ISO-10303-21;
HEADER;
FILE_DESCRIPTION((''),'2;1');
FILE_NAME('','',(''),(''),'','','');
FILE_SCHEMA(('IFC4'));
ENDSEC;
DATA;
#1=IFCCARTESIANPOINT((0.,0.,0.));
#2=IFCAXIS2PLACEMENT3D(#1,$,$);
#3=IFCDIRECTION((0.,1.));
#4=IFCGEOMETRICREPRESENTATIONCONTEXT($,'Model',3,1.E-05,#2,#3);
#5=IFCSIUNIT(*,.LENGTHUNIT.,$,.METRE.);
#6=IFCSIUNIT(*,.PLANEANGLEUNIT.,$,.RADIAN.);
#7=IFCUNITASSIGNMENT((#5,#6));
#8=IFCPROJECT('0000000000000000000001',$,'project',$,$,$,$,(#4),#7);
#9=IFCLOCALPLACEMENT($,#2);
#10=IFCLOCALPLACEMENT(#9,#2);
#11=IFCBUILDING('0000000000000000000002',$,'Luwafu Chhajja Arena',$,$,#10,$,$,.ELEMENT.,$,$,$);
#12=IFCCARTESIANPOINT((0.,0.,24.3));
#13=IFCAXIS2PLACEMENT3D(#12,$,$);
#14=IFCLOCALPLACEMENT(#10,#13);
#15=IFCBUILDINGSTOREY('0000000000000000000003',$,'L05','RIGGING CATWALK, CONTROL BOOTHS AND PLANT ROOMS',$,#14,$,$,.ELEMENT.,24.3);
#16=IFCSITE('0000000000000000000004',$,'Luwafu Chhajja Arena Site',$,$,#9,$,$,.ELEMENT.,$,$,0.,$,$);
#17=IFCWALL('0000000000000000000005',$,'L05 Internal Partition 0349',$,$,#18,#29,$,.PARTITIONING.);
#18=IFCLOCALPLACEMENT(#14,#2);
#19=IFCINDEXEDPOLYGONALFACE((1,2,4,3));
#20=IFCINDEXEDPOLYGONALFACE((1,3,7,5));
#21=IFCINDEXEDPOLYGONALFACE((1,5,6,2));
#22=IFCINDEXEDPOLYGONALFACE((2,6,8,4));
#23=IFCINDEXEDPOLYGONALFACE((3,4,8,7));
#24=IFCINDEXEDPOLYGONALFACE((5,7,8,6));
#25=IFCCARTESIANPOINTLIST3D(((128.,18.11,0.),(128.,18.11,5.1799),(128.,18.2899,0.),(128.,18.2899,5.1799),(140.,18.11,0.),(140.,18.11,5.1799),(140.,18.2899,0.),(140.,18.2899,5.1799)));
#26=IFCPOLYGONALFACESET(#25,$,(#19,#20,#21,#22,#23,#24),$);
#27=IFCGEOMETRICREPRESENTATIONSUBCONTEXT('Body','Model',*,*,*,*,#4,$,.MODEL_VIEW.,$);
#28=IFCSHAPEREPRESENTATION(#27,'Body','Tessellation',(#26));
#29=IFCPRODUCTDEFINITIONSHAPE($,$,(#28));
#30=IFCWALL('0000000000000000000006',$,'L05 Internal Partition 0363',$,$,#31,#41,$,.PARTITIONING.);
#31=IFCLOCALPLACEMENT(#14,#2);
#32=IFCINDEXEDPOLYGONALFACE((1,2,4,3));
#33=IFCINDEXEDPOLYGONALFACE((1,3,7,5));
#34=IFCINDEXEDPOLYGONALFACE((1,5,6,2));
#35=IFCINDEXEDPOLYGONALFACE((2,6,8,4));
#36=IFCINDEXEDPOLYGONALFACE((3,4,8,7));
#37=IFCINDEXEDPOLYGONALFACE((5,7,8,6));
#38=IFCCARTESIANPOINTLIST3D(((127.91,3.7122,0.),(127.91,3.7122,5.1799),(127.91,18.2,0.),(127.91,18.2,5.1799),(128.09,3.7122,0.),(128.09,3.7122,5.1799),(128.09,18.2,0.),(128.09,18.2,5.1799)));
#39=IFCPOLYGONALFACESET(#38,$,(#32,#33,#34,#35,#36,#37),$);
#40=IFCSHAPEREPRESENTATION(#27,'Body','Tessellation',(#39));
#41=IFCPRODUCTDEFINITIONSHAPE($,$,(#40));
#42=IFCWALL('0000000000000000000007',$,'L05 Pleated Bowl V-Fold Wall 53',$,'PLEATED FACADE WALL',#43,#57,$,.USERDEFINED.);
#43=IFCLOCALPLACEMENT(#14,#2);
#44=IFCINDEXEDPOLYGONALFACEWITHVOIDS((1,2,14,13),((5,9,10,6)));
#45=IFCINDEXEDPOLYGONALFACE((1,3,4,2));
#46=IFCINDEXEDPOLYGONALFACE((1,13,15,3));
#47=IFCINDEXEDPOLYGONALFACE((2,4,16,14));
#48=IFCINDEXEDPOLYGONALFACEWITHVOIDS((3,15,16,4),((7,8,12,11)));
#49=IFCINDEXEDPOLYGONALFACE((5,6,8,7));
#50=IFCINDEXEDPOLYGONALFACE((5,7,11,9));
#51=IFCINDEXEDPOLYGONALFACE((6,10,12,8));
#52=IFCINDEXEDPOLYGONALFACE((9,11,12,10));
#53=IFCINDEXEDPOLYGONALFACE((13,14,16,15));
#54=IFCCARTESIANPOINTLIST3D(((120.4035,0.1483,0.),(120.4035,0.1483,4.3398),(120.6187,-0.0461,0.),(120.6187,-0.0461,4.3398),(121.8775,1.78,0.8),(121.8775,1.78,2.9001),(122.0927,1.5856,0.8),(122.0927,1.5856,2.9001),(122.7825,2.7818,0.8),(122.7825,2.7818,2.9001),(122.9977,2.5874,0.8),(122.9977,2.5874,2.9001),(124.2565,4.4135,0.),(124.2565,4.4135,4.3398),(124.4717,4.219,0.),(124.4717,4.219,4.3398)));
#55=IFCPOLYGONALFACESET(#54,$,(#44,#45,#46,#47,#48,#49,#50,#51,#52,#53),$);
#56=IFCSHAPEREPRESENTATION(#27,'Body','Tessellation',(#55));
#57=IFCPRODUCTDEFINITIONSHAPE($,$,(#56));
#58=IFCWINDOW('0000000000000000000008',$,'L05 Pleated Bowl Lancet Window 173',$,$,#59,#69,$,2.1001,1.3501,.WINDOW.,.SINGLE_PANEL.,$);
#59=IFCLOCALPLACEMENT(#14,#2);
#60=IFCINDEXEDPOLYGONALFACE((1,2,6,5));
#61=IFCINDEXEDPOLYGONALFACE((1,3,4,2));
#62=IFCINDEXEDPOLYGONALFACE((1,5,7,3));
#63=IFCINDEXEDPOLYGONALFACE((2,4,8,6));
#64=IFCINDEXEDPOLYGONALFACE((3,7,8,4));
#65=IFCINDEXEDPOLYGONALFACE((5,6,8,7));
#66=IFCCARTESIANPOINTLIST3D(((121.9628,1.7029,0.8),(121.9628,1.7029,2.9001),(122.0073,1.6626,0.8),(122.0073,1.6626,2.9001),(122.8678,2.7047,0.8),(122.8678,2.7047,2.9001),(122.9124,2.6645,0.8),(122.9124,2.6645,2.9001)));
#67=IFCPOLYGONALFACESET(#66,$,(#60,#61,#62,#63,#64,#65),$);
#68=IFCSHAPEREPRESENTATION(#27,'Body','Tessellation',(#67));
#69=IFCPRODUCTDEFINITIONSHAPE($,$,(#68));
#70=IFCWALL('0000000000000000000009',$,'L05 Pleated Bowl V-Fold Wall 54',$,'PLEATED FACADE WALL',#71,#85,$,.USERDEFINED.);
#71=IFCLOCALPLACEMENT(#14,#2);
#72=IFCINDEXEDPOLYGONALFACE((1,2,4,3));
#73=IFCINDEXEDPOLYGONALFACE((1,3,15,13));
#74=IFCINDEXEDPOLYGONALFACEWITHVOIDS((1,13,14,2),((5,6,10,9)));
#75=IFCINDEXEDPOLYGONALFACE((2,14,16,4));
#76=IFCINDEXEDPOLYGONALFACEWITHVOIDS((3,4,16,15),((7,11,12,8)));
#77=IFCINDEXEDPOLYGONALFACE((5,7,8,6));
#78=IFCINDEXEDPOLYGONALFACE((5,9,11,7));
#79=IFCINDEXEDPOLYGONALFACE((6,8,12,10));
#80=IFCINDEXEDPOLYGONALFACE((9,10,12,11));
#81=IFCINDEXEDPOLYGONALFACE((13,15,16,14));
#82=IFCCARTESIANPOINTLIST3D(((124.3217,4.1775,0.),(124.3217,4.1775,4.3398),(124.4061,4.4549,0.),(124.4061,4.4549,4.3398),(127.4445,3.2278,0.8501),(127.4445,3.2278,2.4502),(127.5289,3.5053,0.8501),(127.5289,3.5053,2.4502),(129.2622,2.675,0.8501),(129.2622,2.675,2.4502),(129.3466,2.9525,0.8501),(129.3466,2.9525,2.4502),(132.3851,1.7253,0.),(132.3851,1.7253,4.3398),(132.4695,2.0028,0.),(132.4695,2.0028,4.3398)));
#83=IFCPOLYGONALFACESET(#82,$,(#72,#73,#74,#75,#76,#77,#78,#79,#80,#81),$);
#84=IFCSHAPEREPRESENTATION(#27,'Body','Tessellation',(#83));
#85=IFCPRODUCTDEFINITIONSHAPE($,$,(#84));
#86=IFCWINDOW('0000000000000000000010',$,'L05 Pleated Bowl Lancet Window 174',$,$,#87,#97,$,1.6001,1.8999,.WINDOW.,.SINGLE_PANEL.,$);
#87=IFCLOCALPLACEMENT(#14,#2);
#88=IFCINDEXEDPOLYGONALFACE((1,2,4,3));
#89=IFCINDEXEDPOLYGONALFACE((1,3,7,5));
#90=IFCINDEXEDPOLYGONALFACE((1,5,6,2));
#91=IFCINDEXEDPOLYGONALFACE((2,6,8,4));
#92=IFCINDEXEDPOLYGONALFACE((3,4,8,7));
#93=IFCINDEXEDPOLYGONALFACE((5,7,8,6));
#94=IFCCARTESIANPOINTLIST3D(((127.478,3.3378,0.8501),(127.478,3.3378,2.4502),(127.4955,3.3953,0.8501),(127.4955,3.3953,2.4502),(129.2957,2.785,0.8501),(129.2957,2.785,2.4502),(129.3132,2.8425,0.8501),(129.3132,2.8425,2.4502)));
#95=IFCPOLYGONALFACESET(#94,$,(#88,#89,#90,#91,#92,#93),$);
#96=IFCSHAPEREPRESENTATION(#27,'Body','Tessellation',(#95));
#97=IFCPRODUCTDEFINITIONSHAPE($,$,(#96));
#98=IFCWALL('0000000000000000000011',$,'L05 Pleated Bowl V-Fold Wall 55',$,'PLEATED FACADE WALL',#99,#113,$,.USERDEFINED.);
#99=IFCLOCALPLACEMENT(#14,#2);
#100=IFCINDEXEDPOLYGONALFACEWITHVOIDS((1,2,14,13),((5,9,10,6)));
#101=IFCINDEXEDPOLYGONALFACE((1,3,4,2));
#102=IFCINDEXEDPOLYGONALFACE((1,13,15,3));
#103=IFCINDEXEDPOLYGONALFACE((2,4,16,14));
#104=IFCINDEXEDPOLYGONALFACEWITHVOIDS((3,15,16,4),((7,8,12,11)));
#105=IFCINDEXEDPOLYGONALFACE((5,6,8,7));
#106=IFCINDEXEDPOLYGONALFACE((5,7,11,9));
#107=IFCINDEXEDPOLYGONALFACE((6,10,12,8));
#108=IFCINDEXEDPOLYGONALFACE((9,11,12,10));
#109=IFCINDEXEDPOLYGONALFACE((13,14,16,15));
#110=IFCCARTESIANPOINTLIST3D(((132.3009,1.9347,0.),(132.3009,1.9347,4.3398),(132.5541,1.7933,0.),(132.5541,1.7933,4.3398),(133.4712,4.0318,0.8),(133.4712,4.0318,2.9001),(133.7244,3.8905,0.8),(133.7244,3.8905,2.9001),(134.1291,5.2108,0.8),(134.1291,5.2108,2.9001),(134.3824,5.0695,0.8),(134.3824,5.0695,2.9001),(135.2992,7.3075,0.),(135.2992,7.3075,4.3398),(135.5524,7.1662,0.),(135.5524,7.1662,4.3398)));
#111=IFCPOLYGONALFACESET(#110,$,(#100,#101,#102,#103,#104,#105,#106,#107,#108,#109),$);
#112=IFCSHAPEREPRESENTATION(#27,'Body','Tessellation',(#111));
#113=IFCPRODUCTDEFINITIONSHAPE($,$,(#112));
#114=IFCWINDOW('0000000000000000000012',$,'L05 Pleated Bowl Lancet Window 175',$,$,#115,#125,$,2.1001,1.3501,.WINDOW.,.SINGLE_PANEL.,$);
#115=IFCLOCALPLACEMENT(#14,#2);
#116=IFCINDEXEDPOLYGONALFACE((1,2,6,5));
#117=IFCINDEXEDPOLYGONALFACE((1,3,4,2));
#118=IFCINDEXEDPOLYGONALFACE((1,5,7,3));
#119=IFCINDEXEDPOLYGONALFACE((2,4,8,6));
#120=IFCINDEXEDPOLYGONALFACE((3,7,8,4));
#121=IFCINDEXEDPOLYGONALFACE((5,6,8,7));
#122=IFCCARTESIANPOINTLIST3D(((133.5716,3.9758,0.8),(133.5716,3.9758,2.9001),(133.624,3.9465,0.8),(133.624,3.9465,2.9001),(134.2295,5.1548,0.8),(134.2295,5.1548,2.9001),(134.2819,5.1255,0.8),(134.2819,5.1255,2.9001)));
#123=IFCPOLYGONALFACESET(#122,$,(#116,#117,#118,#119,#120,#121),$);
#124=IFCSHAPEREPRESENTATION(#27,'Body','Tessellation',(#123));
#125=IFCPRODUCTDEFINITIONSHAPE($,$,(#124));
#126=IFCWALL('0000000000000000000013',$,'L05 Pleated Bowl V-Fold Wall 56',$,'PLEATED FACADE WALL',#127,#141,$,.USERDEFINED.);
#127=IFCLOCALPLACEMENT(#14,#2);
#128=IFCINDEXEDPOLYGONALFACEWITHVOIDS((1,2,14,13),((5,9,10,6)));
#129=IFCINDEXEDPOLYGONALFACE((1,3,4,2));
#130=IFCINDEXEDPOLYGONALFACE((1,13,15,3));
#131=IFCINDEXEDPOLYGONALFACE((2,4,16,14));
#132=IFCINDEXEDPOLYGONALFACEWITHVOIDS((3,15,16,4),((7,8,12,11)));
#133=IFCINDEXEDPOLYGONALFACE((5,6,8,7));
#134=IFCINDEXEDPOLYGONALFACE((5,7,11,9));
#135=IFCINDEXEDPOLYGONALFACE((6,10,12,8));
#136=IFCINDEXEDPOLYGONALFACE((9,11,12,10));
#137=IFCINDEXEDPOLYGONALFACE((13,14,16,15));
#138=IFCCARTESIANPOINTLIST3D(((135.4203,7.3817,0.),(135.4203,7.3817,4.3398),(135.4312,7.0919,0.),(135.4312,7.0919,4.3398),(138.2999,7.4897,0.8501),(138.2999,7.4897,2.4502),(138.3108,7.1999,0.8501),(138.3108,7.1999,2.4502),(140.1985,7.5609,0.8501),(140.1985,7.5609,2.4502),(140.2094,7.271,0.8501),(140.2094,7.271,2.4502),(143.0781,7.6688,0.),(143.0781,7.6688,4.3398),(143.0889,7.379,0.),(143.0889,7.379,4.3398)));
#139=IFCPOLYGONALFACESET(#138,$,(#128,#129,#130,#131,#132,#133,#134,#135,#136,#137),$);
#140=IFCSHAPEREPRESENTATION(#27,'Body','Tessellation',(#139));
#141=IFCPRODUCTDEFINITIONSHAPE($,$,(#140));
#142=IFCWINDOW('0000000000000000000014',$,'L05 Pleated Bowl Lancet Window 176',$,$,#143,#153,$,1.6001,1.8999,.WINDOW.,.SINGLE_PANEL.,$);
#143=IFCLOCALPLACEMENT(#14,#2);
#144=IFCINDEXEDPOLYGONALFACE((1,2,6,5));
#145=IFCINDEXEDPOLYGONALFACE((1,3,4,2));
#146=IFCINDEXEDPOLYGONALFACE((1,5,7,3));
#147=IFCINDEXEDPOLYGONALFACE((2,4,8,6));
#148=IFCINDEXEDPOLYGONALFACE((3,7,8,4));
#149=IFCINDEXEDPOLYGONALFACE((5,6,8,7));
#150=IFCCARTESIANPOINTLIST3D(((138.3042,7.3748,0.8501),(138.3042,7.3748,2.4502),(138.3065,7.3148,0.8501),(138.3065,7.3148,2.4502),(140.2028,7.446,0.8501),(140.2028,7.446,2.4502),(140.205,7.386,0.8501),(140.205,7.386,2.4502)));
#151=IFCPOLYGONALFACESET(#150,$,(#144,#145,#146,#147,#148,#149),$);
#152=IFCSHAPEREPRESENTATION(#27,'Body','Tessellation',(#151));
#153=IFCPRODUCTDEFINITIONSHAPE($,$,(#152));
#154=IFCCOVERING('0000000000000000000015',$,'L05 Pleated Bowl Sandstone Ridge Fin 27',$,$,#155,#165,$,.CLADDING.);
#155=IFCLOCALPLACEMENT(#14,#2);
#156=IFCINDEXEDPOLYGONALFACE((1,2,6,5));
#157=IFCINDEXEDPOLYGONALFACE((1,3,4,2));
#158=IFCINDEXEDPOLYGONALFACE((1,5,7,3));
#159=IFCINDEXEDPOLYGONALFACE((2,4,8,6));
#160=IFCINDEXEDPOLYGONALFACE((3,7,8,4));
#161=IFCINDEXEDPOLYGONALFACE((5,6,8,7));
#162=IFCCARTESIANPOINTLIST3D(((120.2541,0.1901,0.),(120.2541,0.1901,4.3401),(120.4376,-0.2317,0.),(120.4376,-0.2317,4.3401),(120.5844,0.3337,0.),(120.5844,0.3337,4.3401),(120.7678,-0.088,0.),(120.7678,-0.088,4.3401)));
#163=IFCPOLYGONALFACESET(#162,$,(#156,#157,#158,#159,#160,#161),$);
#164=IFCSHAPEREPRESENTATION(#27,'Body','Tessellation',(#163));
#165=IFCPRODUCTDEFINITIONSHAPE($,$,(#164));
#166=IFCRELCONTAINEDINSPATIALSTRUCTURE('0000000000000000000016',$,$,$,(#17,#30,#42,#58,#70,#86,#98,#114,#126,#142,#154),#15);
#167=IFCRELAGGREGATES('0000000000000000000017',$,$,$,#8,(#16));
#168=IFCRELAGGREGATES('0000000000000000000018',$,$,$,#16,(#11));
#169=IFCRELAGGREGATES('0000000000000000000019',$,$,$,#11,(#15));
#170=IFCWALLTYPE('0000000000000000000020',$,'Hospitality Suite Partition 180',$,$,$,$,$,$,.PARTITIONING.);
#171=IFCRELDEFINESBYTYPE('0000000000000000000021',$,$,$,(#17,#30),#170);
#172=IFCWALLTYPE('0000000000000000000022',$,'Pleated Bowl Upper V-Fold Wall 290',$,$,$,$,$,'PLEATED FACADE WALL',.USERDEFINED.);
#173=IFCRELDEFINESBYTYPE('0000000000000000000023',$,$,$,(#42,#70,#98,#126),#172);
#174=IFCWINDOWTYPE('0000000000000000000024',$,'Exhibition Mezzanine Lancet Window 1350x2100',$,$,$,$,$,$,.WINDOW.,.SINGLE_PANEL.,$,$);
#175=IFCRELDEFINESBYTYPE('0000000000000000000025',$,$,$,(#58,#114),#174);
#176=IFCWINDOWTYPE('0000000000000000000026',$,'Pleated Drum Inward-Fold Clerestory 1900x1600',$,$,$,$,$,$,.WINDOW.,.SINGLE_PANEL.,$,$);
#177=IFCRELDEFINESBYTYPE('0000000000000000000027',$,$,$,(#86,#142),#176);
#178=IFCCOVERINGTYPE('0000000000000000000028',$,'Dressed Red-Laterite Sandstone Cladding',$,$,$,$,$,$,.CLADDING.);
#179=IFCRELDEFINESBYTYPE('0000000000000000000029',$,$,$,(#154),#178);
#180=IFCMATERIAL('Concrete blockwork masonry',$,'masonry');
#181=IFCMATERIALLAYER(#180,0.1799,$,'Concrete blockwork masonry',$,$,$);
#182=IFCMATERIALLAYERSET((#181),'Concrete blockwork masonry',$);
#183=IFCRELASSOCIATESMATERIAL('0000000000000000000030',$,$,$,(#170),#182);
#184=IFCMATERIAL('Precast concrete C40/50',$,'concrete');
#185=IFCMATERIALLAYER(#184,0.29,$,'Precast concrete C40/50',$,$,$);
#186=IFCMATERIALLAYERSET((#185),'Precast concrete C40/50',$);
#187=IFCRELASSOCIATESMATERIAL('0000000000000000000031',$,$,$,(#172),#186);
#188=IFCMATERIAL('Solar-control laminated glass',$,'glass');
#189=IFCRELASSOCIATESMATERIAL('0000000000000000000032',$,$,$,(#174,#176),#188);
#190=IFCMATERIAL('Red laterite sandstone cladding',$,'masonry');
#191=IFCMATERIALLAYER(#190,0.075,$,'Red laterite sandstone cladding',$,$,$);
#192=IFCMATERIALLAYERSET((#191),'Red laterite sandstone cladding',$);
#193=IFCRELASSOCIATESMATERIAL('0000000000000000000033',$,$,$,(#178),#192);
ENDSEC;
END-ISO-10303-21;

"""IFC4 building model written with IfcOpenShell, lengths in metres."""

from ifc_helpers import new_model, si_unit, direction, frame, frame_2d, origin, origin_2d, place, context, subcontext, project, spatial, rectangle, extrude, material, layer, layer_set, type_object, element, fill, save


model = new_model("IFC4")

# Units and contexts
model_context = context("Model", 3, precision=1e-05, world=origin(), true_north=direction((0.0, 1.0)))
body_context = subcontext(model_context, "Body", "Model", "MODEL_VIEW")
ifc_project = project(units=[si_unit("LENGTHUNIT", "METRE"), si_unit("PLANEANGLEUNIT", "RADIAN")], contexts=[model_context])

# Site, building, storey
site_placement = place(None, origin())
site = spatial("IfcSite", under=ifc_project, at=site_placement, Name="Luwafu Chhajja Arena Site", CompositionType="ELEMENT", RefElevation=0.0)
building_placement = place(site_placement, origin())
building = spatial("IfcBuilding", under=site, at=building_placement, Name="Luwafu Chhajja Arena", CompositionType="ELEMENT")
storey_placement = place(building_placement, frame((0.0, 0.0, 24.3)))
storey = spatial("IfcBuildingStorey", under=building, at=storey_placement, Name="L05", Description="RIGGING CATWALK, CONTROL BOOTHS AND PLANT ROOMS", CompositionType="ELEMENT", Elevation=24.3)

# Shared definitions
ifc_material_1 = material(Name="Solar-control laminated glass", Category="glass")

# Walls
ifc_material_2 = material(Name="Concrete blockwork masonry", Category="masonry")
ifc_layer_1 = layer(ifc_material_2, 0.1799, Name="Concrete blockwork masonry")
ifc_layer_set_1 = layer_set([ifc_layer_1], Name="Concrete blockwork masonry")
wall_type_1 = type_object("IfcWallType", Name="Hospitality Suite Partition 180", PredefinedType="PARTITIONING", material=ifc_layer_set_1)
wall_1_placement = place(storey_placement, frame((128.0, 18.2, 0.0), z_axis=(0.0, 0.0, 1.0), x_axis=(1.0, 0.0, 0.0)))
element("IfcWall", 1, at=wall_1_placement, inside=storey, type_object=wall_type_1, Name="L05 Internal Partition 0349", PredefinedType="PARTITIONING", context=body_context, shape_type="SweptSolid", body=[
    extrude(rectangle(XDim=12.0, YDim=0.1799, at=frame_2d((6.0, 0.0))), origin(), (0.0, 0.0, 1.0), 5.1799),
])
wall_2_placement = place(storey_placement, frame((128.0, 3.7122, 0.0), z_axis=(0.0, 0.0, 1.0), x_axis=(0.0, 1.0, 0.0)))
element("IfcWall", 2, at=wall_2_placement, inside=storey, type_object=wall_type_1, Name="L05 Internal Partition 0363", PredefinedType="PARTITIONING", context=body_context, shape_type="SweptSolid", body=[
    extrude(rectangle(XDim=14.4878, YDim=0.1799, at=frame_2d((7.2439, 0.0))), origin(), (0.0, 0.0, 1.0), 5.1799),
])

# Walls, openings, windows
ifc_material_3 = material(Name="Precast concrete C40/50", Category="concrete")
ifc_layer_2 = layer(ifc_material_3, 0.29, Name="Precast concrete C40/50")
ifc_layer_set_2 = layer_set([ifc_layer_2], Name="Precast concrete C40/50")
wall_type_2 = type_object("IfcWallType", Name="Pleated Bowl Upper V-Fold Wall 290", ElementType="PLEATED FACADE WALL", PredefinedType="USERDEFINED", material=ifc_layer_set_2)
wall_3_placement = place(storey_placement, frame((120.511, 0.051, 0.0), z_axis=(0.0, 0.0, 1.0), x_axis=(0.670348, 0.742047, 0.0)))
wall_3 = element("IfcWall", 3, at=wall_3_placement, inside=storey, type_object=wall_type_2, Name="L05 Pleated Bowl V-Fold Wall 53", ObjectType="PLEATED FACADE WALL", PredefinedType="USERDEFINED", context=body_context, shape_type="SweptSolid", body=[
    extrude(rectangle(XDim=5.7478, YDim=0.29, at=frame_2d((2.874, 0.0))), origin(), (0.0, 0.0, 1.0), 4.3398),
])
opening_1_placement = place(wall_3_placement, frame((2.199, 0.0, 0.8)))
opening_1 = element("IfcOpeningElement", 4, at=opening_1_placement, cuts=wall_3, PredefinedType="OPENING", context=body_context, shape_type="SweptSolid", body=[
    extrude(rectangle(XDim=1.3501, YDim=2.1001, at=frame_2d((0.675, 1.05))), frame((0.0, 0.155, 0.0), z_axis=(0.0, -1.0, 0.0), x_axis=(1.0, 0.0, 0.0)), (0.0, 0.0, 1.0), 0.3101),
])
window_type_1 = type_object("IfcWindowType", Name="Exhibition Mezzanine Lancet Window 1350x2100", PartitioningType="SINGLE_PANEL", PredefinedType="WINDOW", material=ifc_material_1)
window_1_placement = place(opening_1_placement, origin())
window_1 = element("IfcWindow", 5, at=window_1_placement, inside=storey, type_object=window_type_1, Name="L05 Pleated Bowl Lancet Window 173", OverallHeight=2.1001, OverallWidth=1.3501, PartitioningType="SINGLE_PANEL", PredefinedType="WINDOW", context=body_context, shape_type="SweptSolid", body=[
    extrude(rectangle(XDim=1.3501, YDim=2.1001, at=frame_2d((0.675, 1.05))), frame((0.0, 0.03, 0.0), z_axis=(0.0, -1.0, 0.0), x_axis=(1.0, 0.0, 0.0)), (0.0, 0.0, 1.0), 0.0601),
])
fill(opening_1, window_1)
wall_4_placement = place(storey_placement, frame((124.364, 4.3162, 0.0), z_axis=(0.0, 0.0, 1.0), x_axis=(0.956738, -0.29095, 0.0)))
wall_4 = element("IfcWall", 6, at=wall_4_placement, inside=storey, type_object=wall_type_2, Name="L05 Pleated Bowl V-Fold Wall 54", ObjectType="PLEATED FACADE WALL", PredefinedType="USERDEFINED", context=body_context, shape_type="SweptSolid", body=[
    extrude(rectangle(XDim=8.428, YDim=0.29, at=frame_2d((4.2139, 0.0))), origin(), (0.0, 0.0, 1.0), 4.3398),
])
opening_2_placement = place(wall_4_placement, frame((3.2639, 0.0, 0.8501)))
opening_2 = element("IfcOpeningElement", 7, at=opening_2_placement, cuts=wall_4, PredefinedType="OPENING", context=body_context, shape_type="SweptSolid", body=[
    extrude(rectangle(XDim=1.8999, YDim=1.6001, at=frame_2d((0.95, 0.8))), frame((0.0, 0.155, 0.0), z_axis=(0.0, -1.0, 0.0), x_axis=(1.0, 0.0, 0.0)), (0.0, 0.0, 1.0), 0.3101),
])
window_type_2 = type_object("IfcWindowType", Name="Pleated Drum Inward-Fold Clerestory 1900x1600", PartitioningType="SINGLE_PANEL", PredefinedType="WINDOW", material=ifc_material_1)
window_2_placement = place(opening_2_placement, origin())
window_2 = element("IfcWindow", 8, at=window_2_placement, inside=storey, type_object=window_type_2, Name="L05 Pleated Bowl Lancet Window 174", OverallHeight=1.6001, OverallWidth=1.8999, PartitioningType="SINGLE_PANEL", PredefinedType="WINDOW", context=body_context, shape_type="SweptSolid", body=[
    extrude(rectangle(XDim=1.8999, YDim=1.6001, at=frame_2d((0.95, 0.8))), frame((0.0, 0.03, 0.0), z_axis=(0.0, -1.0, 0.0), x_axis=(1.0, 0.0, 0.0)), (0.0, 0.0, 1.0), 0.0601),
])
fill(opening_2, window_2)
wall_5_placement = place(storey_placement, frame((132.4275, 1.864, 0.0), z_axis=(0.0, 0.0, 1.0), x_axis=(0.487306, 0.873231, 0.0)))
wall_5 = element("IfcWall", 9, at=wall_5_placement, inside=storey, type_object=wall_type_2, Name="L05 Pleated Bowl V-Fold Wall 55", ObjectType="PLEATED FACADE WALL", PredefinedType="USERDEFINED", context=body_context, shape_type="SweptSolid", body=[
    extrude(rectangle(XDim=6.1528, YDim=0.29, at=frame_2d((3.0764, 0.0))), origin(), (0.0, 0.0, 1.0), 4.3398),
])
opening_3_placement = place(wall_5_placement, frame((2.4016, 0.0, 0.8)))
opening_3 = element("IfcOpeningElement", 10, at=opening_3_placement, cuts=wall_5, PredefinedType="OPENING", context=body_context, shape_type="SweptSolid", body=[
    extrude(rectangle(XDim=1.3501, YDim=2.1001, at=frame_2d((0.675, 1.05))), frame((0.0, 0.155, 0.0), z_axis=(0.0, -1.0, 0.0), x_axis=(1.0, 0.0, 0.0)), (0.0, 0.0, 1.0), 0.3101),
])
window_3_placement = place(opening_3_placement, origin())
window_3 = element("IfcWindow", 11, at=window_3_placement, inside=storey, type_object=window_type_1, Name="L05 Pleated Bowl Lancet Window 175", OverallHeight=2.1001, OverallWidth=1.3501, PartitioningType="SINGLE_PANEL", PredefinedType="WINDOW", context=body_context, shape_type="SweptSolid", body=[
    extrude(rectangle(XDim=1.3501, YDim=2.1001, at=frame_2d((0.675, 1.05))), frame((0.0, 0.03, 0.0), z_axis=(0.0, -1.0, 0.0), x_axis=(1.0, 0.0, 0.0)), (0.0, 0.0, 1.0), 0.0601),
])
fill(opening_3, window_3)
wall_6_placement = place(storey_placement, frame((135.4258, 7.2368, 0.0), z_axis=(0.0, 0.0, 1.0), x_axis=(0.999298, 0.037467, 0.0)))
wall_6 = element("IfcWall", 12, at=wall_6_placement, inside=storey, type_object=wall_type_2, Name="L05 Pleated Bowl V-Fold Wall 56", ObjectType="PLEATED FACADE WALL", PredefinedType="USERDEFINED", context=body_context, shape_type="SweptSolid", body=[
    extrude(rectangle(XDim=7.6631, YDim=0.29, at=frame_2d((3.8315, 0.0))), origin(), (0.0, 0.0, 1.0), 4.3398),
])
opening_4_placement = place(wall_6_placement, frame((2.8816, 0.0, 0.8501)))
opening_4 = element("IfcOpeningElement", 13, at=opening_4_placement, cuts=wall_6, PredefinedType="OPENING", context=body_context, shape_type="SweptSolid", body=[
    extrude(rectangle(XDim=1.8999, YDim=1.6001, at=frame_2d((0.95, 0.8))), frame((0.0, 0.155, 0.0), z_axis=(0.0, -1.0, 0.0), x_axis=(1.0, 0.0, 0.0)), (0.0, 0.0, 1.0), 0.3101),
])
window_4_placement = place(opening_4_placement, origin())
window_4 = element("IfcWindow", 14, at=window_4_placement, inside=storey, type_object=window_type_2, Name="L05 Pleated Bowl Lancet Window 176", OverallHeight=1.6001, OverallWidth=1.8999, PartitioningType="SINGLE_PANEL", PredefinedType="WINDOW", context=body_context, shape_type="SweptSolid", body=[
    extrude(rectangle(XDim=1.8999, YDim=1.6001, at=frame_2d((0.95, 0.8))), frame((0.0, 0.03, 0.0), z_axis=(0.0, -1.0, 0.0), x_axis=(1.0, 0.0, 0.0)), (0.0, 0.0, 1.0), 0.0601),
])
fill(opening_4, window_4)

# Covering
ifc_material_4 = material(Name="Red laterite sandstone cladding", Category="masonry")
ifc_layer_3 = layer(ifc_material_4, 0.075, Name="Red laterite sandstone cladding")
ifc_layer_set_3 = layer_set([ifc_layer_3], Name="Red laterite sandstone cladding")
covering_type = type_object("IfcCoveringType", Name="Dressed Red-Laterite Sandstone Cladding", PredefinedType="CLADDING", material=ifc_layer_set_3)
for number, where, z_axis, x_axis, name in (
    (15, (120.511, 0.051, 0.0), (0.0, 0.0, 1.0), (0.398903, -0.916993, 0.0), "L05 Pleated Bowl Sandstone Ridge Fin 27"),
):
    element("IfcCovering", number, at=place(storey_placement, frame(where, z_axis=z_axis, x_axis=x_axis)), inside=storey, type_object=covering_type, Name=name, PredefinedType="CLADDING", context=body_context, shape_type="SweptSolid", body=[
        extrude(rectangle(XDim=0.46, YDim=0.3601, at=origin_2d()), origin(), (0.0, 0.0, 1.0), 4.3401),
    ])

save(model, "model.ifc")
